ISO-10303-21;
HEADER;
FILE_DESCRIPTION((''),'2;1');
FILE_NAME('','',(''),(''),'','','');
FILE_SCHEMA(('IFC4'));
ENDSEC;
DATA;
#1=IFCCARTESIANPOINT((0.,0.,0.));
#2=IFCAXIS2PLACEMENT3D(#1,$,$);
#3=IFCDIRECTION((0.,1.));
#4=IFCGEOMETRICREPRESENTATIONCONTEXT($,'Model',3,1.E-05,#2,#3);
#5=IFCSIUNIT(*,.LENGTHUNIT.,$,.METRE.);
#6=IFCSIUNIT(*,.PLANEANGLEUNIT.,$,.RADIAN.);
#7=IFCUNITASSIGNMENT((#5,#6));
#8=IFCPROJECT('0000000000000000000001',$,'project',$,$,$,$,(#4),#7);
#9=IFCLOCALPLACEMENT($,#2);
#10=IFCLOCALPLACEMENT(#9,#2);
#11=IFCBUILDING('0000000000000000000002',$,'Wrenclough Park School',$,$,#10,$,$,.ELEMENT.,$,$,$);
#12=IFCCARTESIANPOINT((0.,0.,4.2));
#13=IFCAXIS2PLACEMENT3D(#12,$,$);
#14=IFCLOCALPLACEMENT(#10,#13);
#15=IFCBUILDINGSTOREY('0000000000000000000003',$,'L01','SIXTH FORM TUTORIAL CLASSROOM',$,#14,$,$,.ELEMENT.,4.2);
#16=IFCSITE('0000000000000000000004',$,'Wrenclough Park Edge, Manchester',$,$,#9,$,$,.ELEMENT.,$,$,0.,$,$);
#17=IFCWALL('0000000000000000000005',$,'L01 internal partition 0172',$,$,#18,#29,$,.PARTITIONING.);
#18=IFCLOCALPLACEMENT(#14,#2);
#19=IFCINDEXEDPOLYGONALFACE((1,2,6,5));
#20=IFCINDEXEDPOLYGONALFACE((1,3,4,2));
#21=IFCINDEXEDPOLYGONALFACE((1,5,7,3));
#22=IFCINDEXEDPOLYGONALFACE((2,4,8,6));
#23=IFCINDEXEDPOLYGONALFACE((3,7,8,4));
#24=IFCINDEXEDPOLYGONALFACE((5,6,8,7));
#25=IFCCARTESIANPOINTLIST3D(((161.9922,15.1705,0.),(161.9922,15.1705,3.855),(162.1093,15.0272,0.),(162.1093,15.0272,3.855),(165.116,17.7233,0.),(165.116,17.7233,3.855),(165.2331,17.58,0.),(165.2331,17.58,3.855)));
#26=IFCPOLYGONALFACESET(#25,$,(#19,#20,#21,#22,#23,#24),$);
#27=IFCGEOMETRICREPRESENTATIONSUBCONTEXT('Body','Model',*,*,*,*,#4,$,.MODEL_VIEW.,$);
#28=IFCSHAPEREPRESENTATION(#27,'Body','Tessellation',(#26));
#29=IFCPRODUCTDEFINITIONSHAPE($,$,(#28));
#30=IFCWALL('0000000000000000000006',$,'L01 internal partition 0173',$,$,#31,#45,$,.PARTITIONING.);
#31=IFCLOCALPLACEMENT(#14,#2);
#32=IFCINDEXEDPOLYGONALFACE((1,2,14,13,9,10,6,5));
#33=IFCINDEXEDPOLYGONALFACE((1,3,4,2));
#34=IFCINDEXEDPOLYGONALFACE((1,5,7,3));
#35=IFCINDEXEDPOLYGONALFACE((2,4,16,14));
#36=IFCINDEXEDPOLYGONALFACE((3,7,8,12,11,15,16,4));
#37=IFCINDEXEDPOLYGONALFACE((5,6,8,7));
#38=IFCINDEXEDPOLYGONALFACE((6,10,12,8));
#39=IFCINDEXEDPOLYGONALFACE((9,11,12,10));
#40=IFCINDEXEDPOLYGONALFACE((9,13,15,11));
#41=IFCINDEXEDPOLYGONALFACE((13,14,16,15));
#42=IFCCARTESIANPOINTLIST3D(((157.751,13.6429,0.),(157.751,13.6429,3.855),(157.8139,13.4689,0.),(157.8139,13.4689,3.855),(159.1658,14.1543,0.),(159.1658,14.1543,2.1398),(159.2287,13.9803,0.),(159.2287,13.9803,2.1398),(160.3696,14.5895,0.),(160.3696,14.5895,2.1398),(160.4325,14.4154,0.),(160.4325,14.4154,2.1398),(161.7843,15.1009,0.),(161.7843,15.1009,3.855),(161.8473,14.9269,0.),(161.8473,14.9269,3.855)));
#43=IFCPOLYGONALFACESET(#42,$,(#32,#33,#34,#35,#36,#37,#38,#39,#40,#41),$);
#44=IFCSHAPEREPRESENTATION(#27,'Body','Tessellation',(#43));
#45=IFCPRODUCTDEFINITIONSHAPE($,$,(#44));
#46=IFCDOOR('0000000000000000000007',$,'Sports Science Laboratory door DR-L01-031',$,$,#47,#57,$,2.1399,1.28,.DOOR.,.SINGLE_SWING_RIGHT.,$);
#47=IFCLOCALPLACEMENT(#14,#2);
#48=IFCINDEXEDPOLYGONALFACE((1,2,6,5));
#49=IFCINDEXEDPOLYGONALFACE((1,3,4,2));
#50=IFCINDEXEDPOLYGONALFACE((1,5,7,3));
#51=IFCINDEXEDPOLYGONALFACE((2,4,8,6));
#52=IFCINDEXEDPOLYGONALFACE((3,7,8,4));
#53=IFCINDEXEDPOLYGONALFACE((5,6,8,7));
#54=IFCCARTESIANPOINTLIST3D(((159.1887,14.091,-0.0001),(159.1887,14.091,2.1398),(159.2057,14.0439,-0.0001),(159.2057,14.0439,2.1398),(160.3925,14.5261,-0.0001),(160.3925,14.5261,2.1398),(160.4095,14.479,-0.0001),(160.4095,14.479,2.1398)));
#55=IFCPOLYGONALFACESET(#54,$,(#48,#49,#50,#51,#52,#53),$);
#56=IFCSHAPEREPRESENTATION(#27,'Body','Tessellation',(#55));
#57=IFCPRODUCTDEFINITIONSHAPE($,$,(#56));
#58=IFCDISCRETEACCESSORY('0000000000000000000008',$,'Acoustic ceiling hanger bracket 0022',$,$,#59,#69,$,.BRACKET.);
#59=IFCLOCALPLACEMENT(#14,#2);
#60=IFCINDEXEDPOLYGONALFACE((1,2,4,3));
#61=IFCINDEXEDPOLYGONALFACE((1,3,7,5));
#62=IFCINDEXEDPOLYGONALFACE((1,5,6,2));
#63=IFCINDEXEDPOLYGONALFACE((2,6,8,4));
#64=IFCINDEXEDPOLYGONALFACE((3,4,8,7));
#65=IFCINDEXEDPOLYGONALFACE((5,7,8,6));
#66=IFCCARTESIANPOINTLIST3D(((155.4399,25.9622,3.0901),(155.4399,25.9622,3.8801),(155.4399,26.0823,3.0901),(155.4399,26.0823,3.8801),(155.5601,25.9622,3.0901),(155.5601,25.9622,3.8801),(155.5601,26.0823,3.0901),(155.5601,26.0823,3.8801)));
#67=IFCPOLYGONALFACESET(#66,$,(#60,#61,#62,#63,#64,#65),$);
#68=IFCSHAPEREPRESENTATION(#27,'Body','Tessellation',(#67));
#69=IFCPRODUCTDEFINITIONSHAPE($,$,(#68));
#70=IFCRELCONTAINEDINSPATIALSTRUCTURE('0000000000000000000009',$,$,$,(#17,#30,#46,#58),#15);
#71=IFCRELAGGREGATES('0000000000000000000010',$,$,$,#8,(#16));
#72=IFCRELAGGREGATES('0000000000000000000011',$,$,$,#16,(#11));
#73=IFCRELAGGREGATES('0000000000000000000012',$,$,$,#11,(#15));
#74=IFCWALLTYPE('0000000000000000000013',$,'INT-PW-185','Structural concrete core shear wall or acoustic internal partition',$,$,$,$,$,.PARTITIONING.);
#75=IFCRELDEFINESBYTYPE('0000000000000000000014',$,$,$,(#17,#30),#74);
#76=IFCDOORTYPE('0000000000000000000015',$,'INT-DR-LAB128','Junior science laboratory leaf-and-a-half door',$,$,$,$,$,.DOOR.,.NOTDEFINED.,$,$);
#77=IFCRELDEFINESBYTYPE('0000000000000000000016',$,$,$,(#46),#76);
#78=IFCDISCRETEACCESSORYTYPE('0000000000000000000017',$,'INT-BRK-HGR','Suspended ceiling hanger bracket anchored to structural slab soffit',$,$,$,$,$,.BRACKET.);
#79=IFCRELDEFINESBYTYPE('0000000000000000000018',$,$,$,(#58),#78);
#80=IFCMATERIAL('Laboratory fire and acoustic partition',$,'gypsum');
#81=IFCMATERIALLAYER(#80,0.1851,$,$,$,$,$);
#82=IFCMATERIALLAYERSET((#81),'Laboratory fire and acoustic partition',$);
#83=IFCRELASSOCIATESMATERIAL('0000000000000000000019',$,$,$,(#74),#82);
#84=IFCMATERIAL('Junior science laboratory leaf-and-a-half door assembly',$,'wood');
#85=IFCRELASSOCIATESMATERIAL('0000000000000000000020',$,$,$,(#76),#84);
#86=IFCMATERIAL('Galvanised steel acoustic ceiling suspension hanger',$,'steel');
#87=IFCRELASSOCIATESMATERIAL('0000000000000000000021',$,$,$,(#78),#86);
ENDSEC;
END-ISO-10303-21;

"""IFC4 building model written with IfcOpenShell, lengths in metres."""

from ifc_helpers import new_model, si_unit, direction, frame, frame_2d, origin, origin_2d, place, context, subcontext, project, spatial, rectangle, extrude, material, layer, layer_set, type_object, element, fill, save


model = new_model("IFC4")

# Units and contexts
model_context = context("Model", 3, precision=1e-05, world=origin(), true_north=direction((0.0, 1.0)))
body_context = subcontext(model_context, "Body", "Model", "MODEL_VIEW")
ifc_project = project(units=[si_unit("LENGTHUNIT", "METRE"), si_unit("PLANEANGLEUNIT", "RADIAN")], contexts=[model_context])

# Site, building, storey
site_placement = place(None, origin())
site = spatial("IfcSite", under=ifc_project, at=site_placement, Name="Wrenclough Park Edge, Manchester", CompositionType="ELEMENT", RefElevation=0.0)
building_placement = place(site_placement, origin())
building = spatial("IfcBuilding", under=site, at=building_placement, Name="Wrenclough Park School", CompositionType="ELEMENT")
storey_placement = place(building_placement, frame((0.0, 0.0, 4.2)))
storey = spatial("IfcBuildingStorey", under=building, at=storey_placement, Name="L01", Description="SIXTH FORM TUTORIAL CLASSROOM", CompositionType="ELEMENT", Elevation=4.2)

# Wall
ifc_material_1 = material(Name="Laboratory fire and acoustic partition", Category="gypsum")
ifc_layer_1 = layer(ifc_material_1, 0.1851)
ifc_layer_set_1 = layer_set([ifc_layer_1], Name="Laboratory fire and acoustic partition")
wall_type_1 = type_object("IfcWallType", Name="INT-PW-185", Description="Structural concrete core shear wall or acoustic internal partition", PredefinedType="PARTITIONING", material=ifc_layer_set_1)
for number, where, z_axis, x_axis, name in (
    (1, (165.1746, 17.6516, 0.0), (0.0, 0.0, 1.0), (-0.774332, -0.63278, 0.0), "L01 internal partition 0172"),
):
    element("IfcWall", number, at=place(storey_placement, frame(where, z_axis=z_axis, x_axis=x_axis)), inside=storey, type_object=wall_type_1, Name=name, PredefinedType="PARTITIONING", context=body_context, shape_type="SweptSolid", body=[
        extrude(rectangle(XDim=4.0342, YDim=0.1851, at=frame_2d((2.0171, 0.0))), origin(), (0.0, 0.0, 1.0), 3.855),
    ])

# Wall, opening, door
wall_1_placement = place(storey_placement, frame((161.8159, 15.0139, 0.0), z_axis=(0.0, 0.0, 1.0), x_axis=(-0.940443, -0.339951, 0.0)))
wall_1 = element("IfcWall", 2, at=wall_1_placement, inside=storey, type_object=wall_type_1, Name="L01 internal partition 0173", PredefinedType="PARTITIONING", context=body_context, shape_type="SweptSolid", body=[
    extrude(rectangle(XDim=4.2888, YDim=0.1851, at=frame_2d((2.1445, 0.0))), origin(), (0.0, 0.0, 1.0), 3.855),
])
opening_placement = place(wall_1_placement, frame((1.5044, 0.0, 0.0)))
opening = element("IfcOpeningElement", 3, at=opening_placement, cuts=wall_1, PredefinedType="OPENING", context=body_context, shape_type="SweptSolid", body=[
    extrude(rectangle(XDim=1.28, YDim=2.1399, at=frame_2d((0.6401, 1.0698))), frame((0.0, 0.1025, 0.0), z_axis=(0.0, -1.0, 0.0), x_axis=(1.0, 0.0, 0.0)), (0.0, 0.0, 1.0), 0.2051),
])
ifc_material_2 = material(Name="Junior science laboratory leaf-and-a-half door assembly", Category="wood")
door_type = type_object("IfcDoorType", Name="INT-DR-LAB128", Description="Junior science laboratory leaf-and-a-half door", OperationType="NOTDEFINED", PredefinedType="DOOR", material=ifc_material_2)
door_placement = place(opening_placement, origin())
door = element("IfcDoor", 4, at=door_placement, inside=storey, type_object=door_type, Name="Sports Science Laboratory door DR-L01-031", OperationType="SINGLE_SWING_RIGHT", OverallHeight=2.1399, OverallWidth=1.28, PredefinedType="DOOR", context=body_context, shape_type="SweptSolid", body=[
    extrude(rectangle(XDim=1.28, YDim=2.1399, at=frame_2d((0.6401, 1.0698))), frame((0.0, 0.0249, 0.0), z_axis=(0.0, -1.0, 0.0), x_axis=(1.0, 0.0, 0.0)), (0.0, 0.0, 1.0), 0.05),
])
fill(opening, door)

# Discrete accessory
ifc_material_3 = material(Name="Galvanised steel acoustic ceiling suspension hanger", Category="steel")
discrete_accessory_type = type_object("IfcDiscreteAccessoryType", Name="INT-BRK-HGR", Description="Suspended ceiling hanger bracket anchored to structural slab soffit", PredefinedType="BRACKET", material=ifc_material_3)
discrete_accessory_placement = place(storey_placement, frame((155.5, 26.0222, 3.0901), z_axis=(0.0, 0.0, 1.0), x_axis=(1.0, 0.0, 0.0)))
element("IfcDiscreteAccessory", 5, at=discrete_accessory_placement, inside=storey, type_object=discrete_accessory_type, Name="Acoustic ceiling hanger bracket 0022", PredefinedType="BRACKET", context=body_context, shape_type="SweptSolid", body=[
    extrude(rectangle(XDim=0.1201, YDim=0.1201, at=origin_2d()), origin(), (0.0, 0.0, 1.0), 0.79),
])

save(model, "model.ifc")
